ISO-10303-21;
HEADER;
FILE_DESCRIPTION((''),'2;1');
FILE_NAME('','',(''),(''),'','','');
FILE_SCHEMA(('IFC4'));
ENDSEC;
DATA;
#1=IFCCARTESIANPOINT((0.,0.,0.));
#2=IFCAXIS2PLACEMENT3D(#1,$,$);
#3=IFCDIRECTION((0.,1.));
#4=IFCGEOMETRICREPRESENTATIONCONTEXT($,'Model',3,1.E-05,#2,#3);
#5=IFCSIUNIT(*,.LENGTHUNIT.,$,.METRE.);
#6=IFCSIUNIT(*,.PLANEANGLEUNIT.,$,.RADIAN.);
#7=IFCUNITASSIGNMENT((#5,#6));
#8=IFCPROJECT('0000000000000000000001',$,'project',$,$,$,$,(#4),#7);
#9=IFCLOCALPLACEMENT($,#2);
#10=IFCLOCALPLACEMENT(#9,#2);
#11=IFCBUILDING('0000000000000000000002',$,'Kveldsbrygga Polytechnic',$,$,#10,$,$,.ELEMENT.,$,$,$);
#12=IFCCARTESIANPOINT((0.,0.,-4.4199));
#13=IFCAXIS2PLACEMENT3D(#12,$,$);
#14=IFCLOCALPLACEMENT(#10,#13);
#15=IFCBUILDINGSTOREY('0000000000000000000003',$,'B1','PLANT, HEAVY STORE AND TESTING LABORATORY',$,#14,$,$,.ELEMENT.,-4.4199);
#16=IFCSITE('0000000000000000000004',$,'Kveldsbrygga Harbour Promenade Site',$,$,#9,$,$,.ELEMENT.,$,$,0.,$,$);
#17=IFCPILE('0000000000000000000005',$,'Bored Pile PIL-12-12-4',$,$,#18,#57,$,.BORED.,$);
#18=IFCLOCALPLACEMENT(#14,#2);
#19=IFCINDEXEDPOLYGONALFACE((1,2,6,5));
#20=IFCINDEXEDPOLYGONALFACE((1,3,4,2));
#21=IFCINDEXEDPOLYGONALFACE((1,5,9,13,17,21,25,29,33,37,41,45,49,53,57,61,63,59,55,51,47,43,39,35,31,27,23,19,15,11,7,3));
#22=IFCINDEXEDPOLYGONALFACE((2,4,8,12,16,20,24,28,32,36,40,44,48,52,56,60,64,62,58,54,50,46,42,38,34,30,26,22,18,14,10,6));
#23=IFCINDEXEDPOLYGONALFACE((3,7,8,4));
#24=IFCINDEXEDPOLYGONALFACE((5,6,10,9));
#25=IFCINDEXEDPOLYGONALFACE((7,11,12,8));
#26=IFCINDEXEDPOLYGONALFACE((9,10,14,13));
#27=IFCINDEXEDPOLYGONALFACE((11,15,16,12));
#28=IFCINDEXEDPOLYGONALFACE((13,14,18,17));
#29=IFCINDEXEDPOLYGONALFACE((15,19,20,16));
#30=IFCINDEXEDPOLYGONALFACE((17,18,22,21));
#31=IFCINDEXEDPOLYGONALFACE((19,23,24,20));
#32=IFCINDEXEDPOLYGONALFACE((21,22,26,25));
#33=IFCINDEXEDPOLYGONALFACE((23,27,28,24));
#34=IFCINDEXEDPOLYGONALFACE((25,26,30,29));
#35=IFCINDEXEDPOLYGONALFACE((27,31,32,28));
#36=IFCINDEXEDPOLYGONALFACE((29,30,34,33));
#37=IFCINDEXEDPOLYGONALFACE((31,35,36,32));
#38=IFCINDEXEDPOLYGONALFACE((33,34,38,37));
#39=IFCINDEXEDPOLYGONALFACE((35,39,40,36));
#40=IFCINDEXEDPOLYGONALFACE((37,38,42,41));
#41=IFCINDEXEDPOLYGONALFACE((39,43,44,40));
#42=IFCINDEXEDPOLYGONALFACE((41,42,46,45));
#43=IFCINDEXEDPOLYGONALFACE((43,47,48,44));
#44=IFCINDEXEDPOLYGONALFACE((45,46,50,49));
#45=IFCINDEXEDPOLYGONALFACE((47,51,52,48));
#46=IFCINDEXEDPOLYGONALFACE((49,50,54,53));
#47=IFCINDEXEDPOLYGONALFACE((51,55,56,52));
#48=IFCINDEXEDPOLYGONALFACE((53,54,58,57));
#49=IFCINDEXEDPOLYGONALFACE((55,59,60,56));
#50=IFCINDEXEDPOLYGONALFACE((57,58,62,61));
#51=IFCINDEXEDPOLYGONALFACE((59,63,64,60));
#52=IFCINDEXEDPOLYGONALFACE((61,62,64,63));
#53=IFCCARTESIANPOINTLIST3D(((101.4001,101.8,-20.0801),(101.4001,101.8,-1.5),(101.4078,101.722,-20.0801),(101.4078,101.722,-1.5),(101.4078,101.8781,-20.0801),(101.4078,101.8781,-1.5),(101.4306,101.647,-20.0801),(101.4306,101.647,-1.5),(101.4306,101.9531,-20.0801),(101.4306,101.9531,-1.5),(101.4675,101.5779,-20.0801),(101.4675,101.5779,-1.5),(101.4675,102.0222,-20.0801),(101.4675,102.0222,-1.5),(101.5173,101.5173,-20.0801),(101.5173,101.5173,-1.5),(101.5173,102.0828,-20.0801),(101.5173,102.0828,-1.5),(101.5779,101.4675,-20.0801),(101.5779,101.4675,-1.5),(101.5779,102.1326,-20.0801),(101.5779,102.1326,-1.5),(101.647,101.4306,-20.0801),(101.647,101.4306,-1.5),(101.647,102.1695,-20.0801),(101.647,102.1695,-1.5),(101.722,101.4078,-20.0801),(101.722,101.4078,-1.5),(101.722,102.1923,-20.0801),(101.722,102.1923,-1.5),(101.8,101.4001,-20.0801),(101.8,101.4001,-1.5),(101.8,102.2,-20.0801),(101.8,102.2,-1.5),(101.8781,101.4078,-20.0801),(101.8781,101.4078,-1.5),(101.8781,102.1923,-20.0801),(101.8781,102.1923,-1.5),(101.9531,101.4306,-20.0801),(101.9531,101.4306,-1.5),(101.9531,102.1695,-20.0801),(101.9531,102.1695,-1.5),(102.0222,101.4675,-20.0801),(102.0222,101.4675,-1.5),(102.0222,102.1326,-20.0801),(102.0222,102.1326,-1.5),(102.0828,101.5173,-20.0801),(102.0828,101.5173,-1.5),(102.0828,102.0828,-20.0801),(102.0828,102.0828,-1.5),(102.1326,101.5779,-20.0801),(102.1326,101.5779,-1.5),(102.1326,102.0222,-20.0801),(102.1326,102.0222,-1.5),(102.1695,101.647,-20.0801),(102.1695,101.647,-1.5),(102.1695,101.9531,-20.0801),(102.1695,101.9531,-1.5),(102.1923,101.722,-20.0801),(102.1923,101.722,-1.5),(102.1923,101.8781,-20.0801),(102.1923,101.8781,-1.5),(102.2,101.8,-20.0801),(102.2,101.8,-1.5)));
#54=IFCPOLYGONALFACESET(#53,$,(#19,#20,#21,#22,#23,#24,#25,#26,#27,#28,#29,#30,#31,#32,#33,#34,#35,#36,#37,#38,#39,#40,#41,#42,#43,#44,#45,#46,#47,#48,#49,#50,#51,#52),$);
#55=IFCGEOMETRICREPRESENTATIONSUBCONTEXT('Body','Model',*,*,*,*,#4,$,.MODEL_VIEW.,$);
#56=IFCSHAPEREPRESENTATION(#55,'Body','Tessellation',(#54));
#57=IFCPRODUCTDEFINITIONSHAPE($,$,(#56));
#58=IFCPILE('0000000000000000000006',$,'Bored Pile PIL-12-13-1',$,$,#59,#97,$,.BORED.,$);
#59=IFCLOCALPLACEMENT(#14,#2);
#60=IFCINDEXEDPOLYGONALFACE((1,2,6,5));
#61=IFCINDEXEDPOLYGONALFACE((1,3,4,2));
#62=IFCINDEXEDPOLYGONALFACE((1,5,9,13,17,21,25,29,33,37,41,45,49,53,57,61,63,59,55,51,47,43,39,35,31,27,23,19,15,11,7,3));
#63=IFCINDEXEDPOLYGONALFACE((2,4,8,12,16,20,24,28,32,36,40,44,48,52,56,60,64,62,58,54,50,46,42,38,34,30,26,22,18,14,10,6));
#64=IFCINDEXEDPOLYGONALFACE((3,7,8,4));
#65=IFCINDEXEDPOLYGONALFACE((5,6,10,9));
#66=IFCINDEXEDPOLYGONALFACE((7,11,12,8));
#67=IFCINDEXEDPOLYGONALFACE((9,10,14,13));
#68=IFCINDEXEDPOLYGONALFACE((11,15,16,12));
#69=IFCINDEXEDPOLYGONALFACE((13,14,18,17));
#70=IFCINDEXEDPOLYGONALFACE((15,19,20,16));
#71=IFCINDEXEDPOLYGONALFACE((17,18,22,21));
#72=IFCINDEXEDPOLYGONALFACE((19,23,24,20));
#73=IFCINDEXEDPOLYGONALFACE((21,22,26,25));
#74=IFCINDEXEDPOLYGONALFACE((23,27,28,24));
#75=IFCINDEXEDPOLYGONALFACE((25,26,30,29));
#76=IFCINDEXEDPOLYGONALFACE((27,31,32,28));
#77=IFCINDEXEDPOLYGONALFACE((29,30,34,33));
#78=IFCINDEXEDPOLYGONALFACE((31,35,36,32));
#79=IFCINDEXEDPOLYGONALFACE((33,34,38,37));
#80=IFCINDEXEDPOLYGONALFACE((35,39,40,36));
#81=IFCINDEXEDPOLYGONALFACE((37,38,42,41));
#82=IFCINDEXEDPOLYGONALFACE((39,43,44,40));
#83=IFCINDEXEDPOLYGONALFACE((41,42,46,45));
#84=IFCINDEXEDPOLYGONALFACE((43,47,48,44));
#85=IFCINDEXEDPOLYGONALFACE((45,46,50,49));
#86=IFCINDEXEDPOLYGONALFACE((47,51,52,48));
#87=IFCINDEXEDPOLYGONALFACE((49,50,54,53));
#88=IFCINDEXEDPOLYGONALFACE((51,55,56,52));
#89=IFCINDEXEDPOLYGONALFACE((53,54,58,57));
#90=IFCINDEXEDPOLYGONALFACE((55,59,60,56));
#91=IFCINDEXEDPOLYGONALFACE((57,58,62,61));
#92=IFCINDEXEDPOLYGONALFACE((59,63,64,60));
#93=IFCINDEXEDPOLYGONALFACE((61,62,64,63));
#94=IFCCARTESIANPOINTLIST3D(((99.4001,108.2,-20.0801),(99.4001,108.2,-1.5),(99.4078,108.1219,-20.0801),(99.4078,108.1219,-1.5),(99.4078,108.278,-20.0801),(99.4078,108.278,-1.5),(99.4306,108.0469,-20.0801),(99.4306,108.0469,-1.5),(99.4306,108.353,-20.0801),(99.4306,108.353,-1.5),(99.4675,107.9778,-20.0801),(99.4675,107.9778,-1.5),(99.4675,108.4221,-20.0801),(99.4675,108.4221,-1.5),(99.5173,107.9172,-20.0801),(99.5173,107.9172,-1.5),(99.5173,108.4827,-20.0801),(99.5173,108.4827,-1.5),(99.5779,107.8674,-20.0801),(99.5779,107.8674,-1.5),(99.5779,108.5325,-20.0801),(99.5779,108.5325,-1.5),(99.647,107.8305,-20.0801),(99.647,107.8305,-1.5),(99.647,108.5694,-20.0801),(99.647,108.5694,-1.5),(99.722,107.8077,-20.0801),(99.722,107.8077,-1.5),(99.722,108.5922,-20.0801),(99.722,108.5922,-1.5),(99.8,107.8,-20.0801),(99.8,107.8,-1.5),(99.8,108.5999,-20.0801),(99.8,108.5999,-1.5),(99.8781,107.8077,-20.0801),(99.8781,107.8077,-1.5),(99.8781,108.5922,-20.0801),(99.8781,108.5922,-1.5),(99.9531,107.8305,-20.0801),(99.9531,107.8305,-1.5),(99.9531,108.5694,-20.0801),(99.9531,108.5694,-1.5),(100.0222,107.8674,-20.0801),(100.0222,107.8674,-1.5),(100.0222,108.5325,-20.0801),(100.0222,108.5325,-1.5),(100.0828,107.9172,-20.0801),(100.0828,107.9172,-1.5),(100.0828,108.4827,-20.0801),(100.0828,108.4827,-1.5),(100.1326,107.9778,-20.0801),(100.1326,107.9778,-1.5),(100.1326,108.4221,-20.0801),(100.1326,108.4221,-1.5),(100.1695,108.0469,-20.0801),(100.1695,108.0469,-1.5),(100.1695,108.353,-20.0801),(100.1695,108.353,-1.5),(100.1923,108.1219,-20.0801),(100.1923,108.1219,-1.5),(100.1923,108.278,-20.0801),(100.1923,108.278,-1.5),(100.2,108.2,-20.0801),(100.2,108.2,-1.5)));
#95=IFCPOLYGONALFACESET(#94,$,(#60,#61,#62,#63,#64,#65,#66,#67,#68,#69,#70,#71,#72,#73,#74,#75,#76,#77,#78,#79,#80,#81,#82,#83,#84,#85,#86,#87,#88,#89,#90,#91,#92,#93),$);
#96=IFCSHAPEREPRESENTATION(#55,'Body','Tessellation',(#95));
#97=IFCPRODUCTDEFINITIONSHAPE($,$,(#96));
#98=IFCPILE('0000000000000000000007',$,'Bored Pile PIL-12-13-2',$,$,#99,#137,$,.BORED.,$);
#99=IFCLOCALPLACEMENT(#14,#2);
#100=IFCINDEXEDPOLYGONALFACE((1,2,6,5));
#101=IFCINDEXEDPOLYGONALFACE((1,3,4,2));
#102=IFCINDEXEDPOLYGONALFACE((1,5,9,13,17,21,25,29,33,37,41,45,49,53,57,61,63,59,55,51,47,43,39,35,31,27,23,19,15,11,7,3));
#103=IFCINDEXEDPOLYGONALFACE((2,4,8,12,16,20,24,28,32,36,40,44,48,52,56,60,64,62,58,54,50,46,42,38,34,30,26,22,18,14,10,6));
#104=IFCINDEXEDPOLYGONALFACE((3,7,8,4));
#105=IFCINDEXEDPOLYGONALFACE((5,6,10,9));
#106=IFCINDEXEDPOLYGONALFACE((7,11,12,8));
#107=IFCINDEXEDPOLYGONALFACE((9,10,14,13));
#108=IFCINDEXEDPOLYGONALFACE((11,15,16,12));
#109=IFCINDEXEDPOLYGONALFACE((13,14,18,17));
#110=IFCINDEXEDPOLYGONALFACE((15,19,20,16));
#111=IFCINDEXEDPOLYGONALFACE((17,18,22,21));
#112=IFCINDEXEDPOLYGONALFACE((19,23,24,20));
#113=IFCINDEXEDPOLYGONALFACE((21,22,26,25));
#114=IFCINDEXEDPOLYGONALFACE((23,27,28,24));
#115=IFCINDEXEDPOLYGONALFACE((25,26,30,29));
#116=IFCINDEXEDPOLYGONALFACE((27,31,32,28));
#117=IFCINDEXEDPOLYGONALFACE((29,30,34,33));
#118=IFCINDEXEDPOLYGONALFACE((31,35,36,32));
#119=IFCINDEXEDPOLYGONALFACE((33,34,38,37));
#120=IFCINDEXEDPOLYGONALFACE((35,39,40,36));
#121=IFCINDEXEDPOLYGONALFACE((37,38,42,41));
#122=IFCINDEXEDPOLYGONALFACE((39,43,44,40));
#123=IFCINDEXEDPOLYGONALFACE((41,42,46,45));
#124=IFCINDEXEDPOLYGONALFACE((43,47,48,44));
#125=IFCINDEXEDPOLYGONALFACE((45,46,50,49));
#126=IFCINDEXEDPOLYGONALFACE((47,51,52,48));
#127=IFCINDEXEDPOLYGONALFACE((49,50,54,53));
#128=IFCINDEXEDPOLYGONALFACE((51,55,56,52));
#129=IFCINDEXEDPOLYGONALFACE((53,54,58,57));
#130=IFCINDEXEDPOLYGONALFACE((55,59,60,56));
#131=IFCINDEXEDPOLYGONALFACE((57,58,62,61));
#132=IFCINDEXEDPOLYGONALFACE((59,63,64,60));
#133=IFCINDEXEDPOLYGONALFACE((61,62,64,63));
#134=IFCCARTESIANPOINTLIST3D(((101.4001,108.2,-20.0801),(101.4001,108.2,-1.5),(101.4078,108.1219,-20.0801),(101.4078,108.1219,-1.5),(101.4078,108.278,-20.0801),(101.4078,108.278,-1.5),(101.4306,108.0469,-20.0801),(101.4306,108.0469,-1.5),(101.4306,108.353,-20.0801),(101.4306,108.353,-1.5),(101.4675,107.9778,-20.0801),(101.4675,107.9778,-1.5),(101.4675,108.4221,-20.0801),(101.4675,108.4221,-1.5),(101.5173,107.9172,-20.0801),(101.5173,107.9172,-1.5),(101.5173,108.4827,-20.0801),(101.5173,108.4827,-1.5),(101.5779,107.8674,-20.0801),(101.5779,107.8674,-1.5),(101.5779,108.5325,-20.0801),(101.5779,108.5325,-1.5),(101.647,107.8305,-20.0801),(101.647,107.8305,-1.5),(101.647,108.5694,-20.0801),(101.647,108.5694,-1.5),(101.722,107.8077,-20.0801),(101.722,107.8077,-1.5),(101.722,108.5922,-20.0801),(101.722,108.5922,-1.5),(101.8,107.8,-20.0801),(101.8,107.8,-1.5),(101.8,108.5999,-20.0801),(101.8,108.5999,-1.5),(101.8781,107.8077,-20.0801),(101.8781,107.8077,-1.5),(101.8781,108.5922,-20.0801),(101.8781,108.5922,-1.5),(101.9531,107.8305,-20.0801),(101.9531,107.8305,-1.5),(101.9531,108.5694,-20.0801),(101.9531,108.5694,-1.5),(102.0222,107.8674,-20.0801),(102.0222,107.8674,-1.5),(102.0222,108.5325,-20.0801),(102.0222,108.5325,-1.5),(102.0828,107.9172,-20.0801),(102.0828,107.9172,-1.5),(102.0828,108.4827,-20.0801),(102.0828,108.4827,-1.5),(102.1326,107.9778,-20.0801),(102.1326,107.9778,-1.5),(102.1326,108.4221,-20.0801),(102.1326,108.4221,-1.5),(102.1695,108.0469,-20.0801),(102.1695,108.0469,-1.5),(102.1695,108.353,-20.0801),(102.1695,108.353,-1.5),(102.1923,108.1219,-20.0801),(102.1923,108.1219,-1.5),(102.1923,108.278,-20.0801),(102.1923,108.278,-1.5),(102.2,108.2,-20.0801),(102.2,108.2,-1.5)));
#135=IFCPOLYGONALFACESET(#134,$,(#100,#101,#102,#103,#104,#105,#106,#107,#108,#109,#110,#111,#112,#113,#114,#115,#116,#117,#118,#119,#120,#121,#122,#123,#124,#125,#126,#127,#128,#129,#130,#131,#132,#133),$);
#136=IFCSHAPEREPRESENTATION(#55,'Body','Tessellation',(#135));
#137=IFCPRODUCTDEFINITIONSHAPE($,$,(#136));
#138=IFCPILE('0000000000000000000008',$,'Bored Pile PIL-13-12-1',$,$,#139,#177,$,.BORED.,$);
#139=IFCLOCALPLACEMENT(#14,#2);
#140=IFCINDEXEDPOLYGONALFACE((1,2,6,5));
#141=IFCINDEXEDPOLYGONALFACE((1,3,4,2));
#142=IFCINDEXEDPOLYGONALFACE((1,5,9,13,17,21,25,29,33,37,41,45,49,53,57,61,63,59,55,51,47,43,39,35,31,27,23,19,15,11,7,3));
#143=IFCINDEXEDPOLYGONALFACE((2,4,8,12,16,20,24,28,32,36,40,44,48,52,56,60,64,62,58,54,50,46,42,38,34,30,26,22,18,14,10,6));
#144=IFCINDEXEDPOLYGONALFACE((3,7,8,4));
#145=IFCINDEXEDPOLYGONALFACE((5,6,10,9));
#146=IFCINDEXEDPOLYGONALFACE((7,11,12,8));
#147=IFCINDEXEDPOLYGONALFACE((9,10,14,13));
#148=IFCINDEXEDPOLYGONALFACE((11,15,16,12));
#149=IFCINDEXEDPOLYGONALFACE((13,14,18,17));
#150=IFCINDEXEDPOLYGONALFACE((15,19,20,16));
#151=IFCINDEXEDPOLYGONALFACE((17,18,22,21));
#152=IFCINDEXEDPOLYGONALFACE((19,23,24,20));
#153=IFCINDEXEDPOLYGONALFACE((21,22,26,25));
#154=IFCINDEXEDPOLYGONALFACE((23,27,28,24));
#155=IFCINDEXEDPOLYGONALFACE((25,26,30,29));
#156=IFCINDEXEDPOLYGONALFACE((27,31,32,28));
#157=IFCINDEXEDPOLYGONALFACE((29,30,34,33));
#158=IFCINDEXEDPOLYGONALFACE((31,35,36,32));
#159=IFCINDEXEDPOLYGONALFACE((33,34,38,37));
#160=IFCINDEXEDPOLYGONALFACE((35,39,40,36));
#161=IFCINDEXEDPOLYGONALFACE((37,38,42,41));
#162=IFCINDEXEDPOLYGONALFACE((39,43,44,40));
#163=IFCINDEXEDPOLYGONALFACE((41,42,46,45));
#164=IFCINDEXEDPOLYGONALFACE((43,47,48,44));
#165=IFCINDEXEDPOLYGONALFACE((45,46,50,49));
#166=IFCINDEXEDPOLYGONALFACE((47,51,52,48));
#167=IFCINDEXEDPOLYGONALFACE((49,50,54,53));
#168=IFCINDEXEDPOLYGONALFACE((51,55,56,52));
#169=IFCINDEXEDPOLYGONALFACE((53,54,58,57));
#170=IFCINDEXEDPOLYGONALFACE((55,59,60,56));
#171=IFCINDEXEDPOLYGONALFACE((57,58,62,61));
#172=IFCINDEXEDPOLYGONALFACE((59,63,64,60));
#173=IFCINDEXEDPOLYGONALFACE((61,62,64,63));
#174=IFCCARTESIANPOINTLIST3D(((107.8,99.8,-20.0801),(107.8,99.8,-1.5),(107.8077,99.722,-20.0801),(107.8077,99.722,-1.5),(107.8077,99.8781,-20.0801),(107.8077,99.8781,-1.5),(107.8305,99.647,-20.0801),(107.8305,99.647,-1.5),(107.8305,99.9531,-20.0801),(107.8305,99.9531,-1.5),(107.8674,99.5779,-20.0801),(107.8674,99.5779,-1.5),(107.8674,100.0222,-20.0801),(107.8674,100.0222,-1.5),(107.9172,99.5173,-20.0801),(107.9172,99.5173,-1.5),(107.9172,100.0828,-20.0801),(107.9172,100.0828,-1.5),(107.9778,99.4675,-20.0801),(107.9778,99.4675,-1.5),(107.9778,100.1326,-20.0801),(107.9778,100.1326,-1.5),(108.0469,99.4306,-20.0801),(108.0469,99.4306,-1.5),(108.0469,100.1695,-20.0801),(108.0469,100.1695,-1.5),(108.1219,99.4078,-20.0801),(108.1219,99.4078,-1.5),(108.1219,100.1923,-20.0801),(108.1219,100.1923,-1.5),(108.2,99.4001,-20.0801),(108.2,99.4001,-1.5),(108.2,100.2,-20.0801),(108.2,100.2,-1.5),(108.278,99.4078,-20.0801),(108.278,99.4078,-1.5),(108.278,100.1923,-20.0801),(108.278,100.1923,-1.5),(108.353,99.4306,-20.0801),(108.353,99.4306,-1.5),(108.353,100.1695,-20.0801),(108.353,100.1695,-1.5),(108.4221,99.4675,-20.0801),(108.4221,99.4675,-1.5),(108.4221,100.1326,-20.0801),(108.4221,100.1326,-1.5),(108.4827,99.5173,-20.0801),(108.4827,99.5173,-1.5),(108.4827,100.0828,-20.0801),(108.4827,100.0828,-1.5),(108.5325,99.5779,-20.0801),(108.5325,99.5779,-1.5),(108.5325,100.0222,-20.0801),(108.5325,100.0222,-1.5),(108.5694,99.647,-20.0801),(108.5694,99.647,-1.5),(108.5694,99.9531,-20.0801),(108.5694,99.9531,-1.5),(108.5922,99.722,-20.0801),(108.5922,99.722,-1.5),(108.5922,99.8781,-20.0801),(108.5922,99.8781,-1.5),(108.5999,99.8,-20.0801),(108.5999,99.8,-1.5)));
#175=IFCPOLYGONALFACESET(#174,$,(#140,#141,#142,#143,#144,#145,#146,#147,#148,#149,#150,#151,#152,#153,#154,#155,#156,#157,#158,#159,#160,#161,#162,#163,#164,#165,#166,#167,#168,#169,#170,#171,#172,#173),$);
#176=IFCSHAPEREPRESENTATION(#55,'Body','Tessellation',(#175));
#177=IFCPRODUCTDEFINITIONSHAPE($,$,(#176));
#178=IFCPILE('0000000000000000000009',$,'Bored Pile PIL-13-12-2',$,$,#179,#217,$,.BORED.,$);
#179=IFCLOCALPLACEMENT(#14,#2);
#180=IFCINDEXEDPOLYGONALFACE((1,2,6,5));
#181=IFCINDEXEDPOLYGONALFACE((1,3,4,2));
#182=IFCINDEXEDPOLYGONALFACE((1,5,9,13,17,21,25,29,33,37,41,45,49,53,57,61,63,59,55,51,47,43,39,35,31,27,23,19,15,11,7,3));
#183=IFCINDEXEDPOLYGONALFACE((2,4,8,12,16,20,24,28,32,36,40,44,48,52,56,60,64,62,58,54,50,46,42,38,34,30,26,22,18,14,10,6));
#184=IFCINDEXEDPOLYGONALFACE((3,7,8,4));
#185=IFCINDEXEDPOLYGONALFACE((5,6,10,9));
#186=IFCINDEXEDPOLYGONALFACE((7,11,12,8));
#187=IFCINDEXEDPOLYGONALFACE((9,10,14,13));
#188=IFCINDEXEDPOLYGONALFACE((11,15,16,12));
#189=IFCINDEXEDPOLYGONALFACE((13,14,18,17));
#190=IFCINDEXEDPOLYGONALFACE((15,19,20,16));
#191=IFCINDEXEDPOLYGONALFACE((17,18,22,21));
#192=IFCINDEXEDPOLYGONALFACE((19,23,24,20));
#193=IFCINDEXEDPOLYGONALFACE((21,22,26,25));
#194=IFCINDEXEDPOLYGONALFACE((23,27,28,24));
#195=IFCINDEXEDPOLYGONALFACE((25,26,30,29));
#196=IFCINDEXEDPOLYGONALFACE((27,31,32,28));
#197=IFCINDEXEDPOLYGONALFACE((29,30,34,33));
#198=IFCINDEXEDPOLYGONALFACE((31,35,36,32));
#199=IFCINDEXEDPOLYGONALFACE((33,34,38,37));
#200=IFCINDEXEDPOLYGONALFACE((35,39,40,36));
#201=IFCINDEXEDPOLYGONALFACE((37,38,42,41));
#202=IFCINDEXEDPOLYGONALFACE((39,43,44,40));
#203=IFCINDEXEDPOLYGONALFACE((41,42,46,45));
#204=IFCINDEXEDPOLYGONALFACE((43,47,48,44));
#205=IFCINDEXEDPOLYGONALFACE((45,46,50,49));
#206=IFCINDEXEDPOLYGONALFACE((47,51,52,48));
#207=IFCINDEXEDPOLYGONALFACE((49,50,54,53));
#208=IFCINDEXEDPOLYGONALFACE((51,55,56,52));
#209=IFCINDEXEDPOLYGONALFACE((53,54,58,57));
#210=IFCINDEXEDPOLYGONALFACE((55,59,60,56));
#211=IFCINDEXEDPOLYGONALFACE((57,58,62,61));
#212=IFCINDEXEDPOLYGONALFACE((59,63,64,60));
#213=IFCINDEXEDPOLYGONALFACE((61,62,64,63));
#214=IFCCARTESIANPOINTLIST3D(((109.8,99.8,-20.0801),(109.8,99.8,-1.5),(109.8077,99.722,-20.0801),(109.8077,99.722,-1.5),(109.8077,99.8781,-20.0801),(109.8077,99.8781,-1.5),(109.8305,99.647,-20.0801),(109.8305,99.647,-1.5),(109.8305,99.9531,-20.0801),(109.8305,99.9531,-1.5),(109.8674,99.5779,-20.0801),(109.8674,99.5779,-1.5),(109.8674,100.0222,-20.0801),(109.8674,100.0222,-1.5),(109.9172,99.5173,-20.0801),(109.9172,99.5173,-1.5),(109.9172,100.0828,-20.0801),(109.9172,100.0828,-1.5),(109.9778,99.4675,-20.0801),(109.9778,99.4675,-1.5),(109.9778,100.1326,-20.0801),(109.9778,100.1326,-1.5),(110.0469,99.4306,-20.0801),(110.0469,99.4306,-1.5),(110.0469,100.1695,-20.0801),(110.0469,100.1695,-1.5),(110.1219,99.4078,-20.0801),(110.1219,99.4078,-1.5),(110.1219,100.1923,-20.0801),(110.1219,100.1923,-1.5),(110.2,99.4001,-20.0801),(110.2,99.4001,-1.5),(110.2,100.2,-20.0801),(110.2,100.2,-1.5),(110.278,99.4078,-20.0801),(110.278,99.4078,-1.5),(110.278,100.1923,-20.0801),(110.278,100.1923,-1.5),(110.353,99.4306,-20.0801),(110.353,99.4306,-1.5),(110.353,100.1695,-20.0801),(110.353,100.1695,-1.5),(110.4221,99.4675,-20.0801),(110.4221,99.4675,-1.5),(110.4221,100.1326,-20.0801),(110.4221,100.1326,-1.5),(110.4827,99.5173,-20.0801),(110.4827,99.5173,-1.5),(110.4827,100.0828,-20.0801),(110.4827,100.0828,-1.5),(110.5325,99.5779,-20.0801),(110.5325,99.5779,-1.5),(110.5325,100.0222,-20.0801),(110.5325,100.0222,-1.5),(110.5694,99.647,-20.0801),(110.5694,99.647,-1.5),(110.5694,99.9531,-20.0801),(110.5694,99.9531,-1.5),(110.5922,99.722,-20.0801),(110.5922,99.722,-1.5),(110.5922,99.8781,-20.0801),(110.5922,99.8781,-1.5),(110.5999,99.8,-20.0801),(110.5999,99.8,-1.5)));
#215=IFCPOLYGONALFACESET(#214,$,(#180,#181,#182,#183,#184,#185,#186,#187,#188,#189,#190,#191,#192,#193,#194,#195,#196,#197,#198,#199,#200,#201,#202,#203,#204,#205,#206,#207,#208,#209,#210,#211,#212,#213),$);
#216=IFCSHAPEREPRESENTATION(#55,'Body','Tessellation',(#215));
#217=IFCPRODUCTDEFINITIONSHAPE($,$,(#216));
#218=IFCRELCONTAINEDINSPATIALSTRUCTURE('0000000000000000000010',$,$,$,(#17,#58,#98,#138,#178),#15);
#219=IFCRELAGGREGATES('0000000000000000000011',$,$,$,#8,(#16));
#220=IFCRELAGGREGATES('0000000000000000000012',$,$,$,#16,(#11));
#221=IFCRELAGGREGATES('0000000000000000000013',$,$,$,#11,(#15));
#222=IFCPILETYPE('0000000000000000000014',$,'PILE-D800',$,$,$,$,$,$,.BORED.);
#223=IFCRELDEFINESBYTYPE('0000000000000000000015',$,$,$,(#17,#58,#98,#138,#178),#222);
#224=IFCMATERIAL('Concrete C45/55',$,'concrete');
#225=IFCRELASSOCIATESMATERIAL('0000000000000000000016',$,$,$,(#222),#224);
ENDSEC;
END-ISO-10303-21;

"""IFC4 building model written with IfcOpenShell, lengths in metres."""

from ifc_helpers import new_model, si_unit, direction, frame, origin, origin_2d, place, context, subcontext, project, spatial, circle, extrude, material, material_profile, profile_set, type_object, element, save


model = new_model("IFC4")

# Units and contexts
model_context = context("Model", 3, precision=1e-05, world=origin(), true_north=direction((0.0, 1.0)))
body_context = subcontext(model_context, "Body", "Model", "MODEL_VIEW")
ifc_project = project(units=[si_unit("LENGTHUNIT", "METRE"), si_unit("PLANEANGLEUNIT", "RADIAN")], contexts=[model_context])

# Site, building, storey
site_placement = place(None, origin())
site = spatial("IfcSite", under=ifc_project, at=site_placement, Name="Kveldsbrygga Harbour Promenade Site", CompositionType="ELEMENT", RefElevation=0.0)
building_placement = place(site_placement, origin())
building = spatial("IfcBuilding", under=site, at=building_placement, Name="Kveldsbrygga Polytechnic", CompositionType="ELEMENT")
storey_placement = place(building_placement, frame((0.0, 0.0, -4.4199)))
storey = spatial("IfcBuildingStorey", under=building, at=storey_placement, Name="B1", Description="PLANT, HEAVY STORE AND TESTING LABORATORY", CompositionType="ELEMENT", Elevation=-4.4199)

# Shared definitions
ifc_material_1 = material(Name="Concrete C45/55", Category="concrete")

# Piles
ifc_material_profile_1 = material_profile(ifc_material_1, circle(Radius=0.3999, at=origin_2d()), Name="PILE D800")
ifc_profile_set_1 = profile_set([ifc_material_profile_1], Name="Concrete C45/55")
pile_type = type_object("IfcPileType", Name="PILE-D800", PredefinedType="BORED", material=ifc_profile_set_1)
for number, where, z_axis, x_axis, name in (
    (1, (101.8, 101.8, -1.5), (0.0, 0.0, -1.0), (1.0, 0.0, 0.0), "Bored Pile PIL-12-12-4"),
    (2, (99.8, 108.2, -1.5), (0.0, 0.0, -1.0), (1.0, 0.0, 0.0), "Bored Pile PIL-12-13-1"),
    (3, (101.8, 108.2, -1.5), (0.0, 0.0, -1.0), (1.0, 0.0, 0.0), "Bored Pile PIL-12-13-2"),
    (4, (108.2, 99.8, -1.5), (0.0, 0.0, -1.0), (1.0, 0.0, 0.0), "Bored Pile PIL-13-12-1"),
    (5, (110.2, 99.8, -1.5), (0.0, 0.0, -1.0), (1.0, 0.0, 0.0), "Bored Pile PIL-13-12-2"),
):
    element("IfcPile", number, at=place(storey_placement, frame(where, z_axis=z_axis, x_axis=x_axis)), inside=storey, type_object=pile_type, Name=name, PredefinedType="BORED", context=body_context, shape_type="SweptSolid", body=[
        extrude(circle(Radius=0.3999, at=origin_2d()), origin(), (0.0, 0.0, 1.0), 18.5801),
    ])

save(model, "model.ifc")
